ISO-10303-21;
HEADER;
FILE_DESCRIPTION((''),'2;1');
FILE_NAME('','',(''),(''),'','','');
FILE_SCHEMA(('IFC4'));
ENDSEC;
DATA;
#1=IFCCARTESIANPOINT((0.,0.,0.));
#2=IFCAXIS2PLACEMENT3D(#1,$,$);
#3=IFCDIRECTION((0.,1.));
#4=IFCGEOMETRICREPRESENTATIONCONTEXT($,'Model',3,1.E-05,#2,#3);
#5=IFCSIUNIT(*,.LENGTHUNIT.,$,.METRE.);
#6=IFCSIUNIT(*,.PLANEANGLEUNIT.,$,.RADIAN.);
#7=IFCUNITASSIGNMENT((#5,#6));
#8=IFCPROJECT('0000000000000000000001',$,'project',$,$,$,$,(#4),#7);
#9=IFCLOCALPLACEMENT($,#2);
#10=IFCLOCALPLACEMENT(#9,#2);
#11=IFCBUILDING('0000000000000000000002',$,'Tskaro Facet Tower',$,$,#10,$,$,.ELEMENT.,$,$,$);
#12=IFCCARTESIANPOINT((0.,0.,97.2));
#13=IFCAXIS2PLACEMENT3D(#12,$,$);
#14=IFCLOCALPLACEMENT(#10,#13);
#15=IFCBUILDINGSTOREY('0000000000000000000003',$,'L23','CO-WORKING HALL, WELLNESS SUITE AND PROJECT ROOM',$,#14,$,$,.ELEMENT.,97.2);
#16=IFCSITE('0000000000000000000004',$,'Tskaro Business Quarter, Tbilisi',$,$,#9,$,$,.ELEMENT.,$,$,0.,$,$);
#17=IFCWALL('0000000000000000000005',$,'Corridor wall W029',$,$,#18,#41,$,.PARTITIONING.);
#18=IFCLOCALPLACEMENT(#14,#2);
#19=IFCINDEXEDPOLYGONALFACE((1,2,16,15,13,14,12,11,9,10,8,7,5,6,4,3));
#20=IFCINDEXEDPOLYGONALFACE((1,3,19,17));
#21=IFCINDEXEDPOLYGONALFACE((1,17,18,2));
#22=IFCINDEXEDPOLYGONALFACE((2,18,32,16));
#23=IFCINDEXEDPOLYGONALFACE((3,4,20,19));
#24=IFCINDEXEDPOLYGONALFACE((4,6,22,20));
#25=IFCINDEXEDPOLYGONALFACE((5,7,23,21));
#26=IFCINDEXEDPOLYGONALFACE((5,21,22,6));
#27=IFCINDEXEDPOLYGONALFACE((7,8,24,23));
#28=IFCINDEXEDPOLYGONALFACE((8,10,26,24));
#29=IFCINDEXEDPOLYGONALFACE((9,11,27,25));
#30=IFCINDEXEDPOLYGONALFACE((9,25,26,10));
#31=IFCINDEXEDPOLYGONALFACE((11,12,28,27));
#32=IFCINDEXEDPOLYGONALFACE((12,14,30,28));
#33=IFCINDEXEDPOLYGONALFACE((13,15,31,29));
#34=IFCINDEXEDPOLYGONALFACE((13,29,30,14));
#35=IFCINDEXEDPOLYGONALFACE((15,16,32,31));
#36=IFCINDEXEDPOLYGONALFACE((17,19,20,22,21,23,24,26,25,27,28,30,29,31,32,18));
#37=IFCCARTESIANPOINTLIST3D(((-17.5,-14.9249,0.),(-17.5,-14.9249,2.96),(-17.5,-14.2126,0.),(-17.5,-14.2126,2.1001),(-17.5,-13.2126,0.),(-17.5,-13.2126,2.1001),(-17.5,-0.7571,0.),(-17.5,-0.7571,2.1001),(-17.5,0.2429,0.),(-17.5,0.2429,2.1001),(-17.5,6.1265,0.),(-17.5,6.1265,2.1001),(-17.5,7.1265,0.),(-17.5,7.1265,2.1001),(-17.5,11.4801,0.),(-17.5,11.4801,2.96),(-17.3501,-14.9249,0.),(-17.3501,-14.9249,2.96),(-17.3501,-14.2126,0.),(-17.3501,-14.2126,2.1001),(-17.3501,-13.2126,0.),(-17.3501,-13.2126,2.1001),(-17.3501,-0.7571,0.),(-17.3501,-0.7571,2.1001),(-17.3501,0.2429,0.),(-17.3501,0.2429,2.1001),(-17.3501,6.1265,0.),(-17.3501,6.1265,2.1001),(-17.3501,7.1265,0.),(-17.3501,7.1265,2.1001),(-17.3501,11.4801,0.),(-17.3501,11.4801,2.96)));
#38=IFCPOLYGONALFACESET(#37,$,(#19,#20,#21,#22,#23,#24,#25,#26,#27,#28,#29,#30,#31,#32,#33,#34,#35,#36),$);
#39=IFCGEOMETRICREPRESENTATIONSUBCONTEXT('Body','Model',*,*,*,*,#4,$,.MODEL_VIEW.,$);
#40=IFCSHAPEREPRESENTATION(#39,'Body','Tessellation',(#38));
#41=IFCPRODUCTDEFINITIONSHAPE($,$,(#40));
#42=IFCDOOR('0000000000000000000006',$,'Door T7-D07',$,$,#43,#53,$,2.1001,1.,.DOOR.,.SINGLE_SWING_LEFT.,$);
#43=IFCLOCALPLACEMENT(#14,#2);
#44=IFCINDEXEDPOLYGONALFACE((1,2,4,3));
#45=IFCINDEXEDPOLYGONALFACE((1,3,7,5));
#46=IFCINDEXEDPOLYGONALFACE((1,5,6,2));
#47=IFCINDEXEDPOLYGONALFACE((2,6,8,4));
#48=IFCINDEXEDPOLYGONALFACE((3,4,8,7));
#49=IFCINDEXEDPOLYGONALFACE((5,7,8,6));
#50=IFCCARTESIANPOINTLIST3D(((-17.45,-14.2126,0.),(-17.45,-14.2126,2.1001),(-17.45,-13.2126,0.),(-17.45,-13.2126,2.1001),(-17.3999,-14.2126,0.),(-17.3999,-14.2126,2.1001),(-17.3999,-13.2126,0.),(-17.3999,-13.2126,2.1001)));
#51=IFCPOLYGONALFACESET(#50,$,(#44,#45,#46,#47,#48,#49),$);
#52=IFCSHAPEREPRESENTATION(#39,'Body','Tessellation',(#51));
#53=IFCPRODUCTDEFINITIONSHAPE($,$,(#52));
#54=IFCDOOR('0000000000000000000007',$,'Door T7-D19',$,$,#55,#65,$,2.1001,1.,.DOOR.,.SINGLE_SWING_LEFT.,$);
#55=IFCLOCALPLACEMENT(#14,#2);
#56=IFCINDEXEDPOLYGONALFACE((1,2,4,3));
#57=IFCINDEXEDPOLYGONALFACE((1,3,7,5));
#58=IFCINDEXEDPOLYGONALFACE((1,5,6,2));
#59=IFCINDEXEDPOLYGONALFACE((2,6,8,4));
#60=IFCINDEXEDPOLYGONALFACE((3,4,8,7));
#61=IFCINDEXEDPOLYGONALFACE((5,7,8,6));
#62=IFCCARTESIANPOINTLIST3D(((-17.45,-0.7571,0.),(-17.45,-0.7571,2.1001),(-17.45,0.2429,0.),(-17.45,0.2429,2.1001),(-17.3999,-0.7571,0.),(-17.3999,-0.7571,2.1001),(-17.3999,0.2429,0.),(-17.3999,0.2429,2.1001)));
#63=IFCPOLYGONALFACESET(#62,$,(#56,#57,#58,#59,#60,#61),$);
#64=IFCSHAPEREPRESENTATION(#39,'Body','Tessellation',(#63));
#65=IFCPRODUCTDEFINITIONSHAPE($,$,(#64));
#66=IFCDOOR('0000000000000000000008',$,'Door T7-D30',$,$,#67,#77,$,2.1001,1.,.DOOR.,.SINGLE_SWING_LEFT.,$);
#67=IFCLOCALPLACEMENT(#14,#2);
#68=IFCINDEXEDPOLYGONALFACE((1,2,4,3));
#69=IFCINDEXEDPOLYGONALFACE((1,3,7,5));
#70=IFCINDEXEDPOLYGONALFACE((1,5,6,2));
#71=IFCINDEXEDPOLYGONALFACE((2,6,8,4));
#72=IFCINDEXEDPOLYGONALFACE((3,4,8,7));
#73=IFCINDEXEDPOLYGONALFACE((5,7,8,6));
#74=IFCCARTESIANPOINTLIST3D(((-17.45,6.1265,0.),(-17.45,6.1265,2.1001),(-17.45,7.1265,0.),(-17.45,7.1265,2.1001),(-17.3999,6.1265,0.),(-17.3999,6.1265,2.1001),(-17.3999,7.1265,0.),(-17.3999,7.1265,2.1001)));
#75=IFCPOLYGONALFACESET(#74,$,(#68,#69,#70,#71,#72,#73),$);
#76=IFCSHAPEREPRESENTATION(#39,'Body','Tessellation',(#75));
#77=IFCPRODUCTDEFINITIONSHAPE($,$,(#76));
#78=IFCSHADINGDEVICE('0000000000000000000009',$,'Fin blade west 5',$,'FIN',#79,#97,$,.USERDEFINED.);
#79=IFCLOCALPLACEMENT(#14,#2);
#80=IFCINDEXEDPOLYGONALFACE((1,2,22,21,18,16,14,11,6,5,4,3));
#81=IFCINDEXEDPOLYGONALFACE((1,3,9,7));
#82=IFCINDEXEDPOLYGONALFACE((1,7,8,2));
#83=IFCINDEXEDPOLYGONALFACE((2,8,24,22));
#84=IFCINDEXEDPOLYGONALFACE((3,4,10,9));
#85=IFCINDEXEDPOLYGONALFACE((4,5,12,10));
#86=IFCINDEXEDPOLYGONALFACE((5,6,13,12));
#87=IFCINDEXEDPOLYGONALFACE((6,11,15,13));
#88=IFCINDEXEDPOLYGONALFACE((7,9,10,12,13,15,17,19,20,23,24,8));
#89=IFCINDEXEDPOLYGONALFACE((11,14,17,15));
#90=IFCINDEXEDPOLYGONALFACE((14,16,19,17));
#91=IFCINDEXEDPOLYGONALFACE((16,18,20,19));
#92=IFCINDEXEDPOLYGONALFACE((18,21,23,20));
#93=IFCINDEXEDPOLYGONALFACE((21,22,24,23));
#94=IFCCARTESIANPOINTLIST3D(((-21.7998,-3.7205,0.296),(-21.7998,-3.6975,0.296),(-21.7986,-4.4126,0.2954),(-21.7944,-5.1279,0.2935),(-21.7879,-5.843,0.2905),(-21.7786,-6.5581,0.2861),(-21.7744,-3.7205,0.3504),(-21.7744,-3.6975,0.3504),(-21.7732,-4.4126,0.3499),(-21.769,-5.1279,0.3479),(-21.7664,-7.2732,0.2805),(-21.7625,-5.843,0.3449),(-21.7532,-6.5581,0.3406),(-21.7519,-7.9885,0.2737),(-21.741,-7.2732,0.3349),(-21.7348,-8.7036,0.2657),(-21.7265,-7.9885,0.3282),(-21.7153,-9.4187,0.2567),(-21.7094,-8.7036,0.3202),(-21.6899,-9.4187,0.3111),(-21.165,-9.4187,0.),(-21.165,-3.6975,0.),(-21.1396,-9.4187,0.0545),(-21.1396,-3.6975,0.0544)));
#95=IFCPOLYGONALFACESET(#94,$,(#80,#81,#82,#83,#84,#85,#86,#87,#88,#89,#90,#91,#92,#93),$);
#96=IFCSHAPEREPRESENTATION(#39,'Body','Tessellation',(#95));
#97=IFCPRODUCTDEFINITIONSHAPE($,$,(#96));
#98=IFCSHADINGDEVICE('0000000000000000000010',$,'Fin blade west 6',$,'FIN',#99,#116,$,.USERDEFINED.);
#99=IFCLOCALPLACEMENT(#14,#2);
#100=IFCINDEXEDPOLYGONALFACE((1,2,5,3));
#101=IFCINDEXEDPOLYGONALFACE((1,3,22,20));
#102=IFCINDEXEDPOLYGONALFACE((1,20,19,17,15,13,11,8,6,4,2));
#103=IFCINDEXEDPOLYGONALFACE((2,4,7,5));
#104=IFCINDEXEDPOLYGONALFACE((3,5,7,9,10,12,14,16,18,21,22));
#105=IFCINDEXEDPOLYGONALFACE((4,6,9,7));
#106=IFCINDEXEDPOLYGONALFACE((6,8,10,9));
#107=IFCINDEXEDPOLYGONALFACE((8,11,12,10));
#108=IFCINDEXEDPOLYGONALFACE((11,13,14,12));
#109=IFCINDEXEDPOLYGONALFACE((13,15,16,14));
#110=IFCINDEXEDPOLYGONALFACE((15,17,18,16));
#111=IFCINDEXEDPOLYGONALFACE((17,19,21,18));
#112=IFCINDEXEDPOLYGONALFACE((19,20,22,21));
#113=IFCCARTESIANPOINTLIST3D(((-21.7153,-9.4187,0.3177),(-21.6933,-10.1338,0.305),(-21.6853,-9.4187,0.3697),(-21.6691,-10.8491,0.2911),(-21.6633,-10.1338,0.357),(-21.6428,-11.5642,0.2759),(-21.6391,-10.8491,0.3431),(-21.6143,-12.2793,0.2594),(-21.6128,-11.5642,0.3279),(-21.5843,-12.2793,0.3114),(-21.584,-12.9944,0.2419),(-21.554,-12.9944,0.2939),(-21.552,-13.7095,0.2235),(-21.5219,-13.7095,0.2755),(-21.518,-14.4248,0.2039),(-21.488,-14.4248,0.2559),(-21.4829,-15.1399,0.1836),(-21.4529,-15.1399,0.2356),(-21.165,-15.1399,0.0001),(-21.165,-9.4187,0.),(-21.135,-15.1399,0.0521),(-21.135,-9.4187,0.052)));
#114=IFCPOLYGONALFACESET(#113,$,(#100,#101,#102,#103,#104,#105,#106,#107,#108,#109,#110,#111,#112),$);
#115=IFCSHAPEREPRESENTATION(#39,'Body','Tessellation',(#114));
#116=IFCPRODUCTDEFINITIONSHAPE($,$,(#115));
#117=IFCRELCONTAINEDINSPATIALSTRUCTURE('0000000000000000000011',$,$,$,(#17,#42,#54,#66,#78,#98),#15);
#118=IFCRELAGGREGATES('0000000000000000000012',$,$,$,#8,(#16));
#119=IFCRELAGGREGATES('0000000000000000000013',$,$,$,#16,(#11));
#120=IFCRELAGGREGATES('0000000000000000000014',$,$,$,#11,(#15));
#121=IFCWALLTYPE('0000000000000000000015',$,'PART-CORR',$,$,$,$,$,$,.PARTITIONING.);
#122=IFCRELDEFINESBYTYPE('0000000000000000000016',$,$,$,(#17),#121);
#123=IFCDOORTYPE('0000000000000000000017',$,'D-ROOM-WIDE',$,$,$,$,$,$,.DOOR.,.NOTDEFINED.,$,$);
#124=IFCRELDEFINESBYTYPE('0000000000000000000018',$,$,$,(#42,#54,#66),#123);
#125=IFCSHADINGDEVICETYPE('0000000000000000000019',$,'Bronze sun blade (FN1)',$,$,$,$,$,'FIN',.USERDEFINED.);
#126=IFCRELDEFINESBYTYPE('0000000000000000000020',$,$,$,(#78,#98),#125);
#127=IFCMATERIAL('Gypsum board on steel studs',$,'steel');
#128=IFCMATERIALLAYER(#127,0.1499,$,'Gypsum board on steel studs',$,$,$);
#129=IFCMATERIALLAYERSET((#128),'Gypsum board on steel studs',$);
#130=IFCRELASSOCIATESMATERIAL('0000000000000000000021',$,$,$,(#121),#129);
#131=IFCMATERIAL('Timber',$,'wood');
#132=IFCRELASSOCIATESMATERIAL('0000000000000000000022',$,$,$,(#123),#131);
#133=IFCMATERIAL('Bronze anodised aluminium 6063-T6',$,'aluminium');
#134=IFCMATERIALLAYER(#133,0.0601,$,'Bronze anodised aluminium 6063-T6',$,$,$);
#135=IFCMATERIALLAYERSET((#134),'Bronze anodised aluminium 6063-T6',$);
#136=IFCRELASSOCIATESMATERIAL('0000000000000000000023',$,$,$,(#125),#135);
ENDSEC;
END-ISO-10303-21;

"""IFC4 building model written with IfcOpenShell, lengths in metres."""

from ifc_helpers import new_model, si_unit, direction, frame, frame_2d, origin, place, context, subcontext, project, spatial, polyline, rectangle, outline, extrude, material, layer, layer_set, type_object, element, fill, save


model = new_model("IFC4")

# Units and contexts
model_context = context("Model", 3, precision=1e-05, world=origin(), true_north=direction((0.0, 1.0)))
body_context = subcontext(model_context, "Body", "Model", "MODEL_VIEW")
ifc_project = project(units=[si_unit("LENGTHUNIT", "METRE"), si_unit("PLANEANGLEUNIT", "RADIAN")], contexts=[model_context])

# Site, building, storey
site_placement = place(None, origin())
site = spatial("IfcSite", under=ifc_project, at=site_placement, Name="Tskaro Business Quarter, Tbilisi", CompositionType="ELEMENT", RefElevation=0.0)
building_placement = place(site_placement, origin())
building = spatial("IfcBuilding", under=site, at=building_placement, Name="Tskaro Facet Tower", CompositionType="ELEMENT")
storey_placement = place(building_placement, frame((0.0, 0.0, 97.2)))
storey = spatial("IfcBuildingStorey", under=building, at=storey_placement, Name="L23", Description="CO-WORKING HALL, WELLNESS SUITE AND PROJECT ROOM", CompositionType="ELEMENT", Elevation=97.2)

# Shared definitions
ifc_material_1 = material(Name="Bronze anodised aluminium 6063-T6", Category="aluminium")

# Shared definitions
ifc_material_2 = material(Name="Timber", Category="wood")

# Shared definitions
ifc_material_3 = material(Name="Gypsum board on steel studs", Category="steel")

# Wall, openings, doors
ifc_layer_1 = layer(ifc_material_3, 0.1499, Name="Gypsum board on steel studs")
ifc_layer_set_1 = layer_set([ifc_layer_1], Name="Gypsum board on steel studs")
wall_type_1 = type_object("IfcWallType", Name="PART-CORR", PredefinedType="PARTITIONING", material=ifc_layer_set_1)
wall_1_placement = place(storey_placement, frame((-17.425, -14.925, 0.0), z_axis=(0.0, 0.0, 1.0), x_axis=(0.0, 1.0, 0.0)))
wall_1 = element("IfcWall", 1, at=wall_1_placement, inside=storey, type_object=wall_type_1, Name="Corridor wall W029", PredefinedType="PARTITIONING", context=body_context, shape_type="SweptSolid", body=[
    extrude(rectangle(XDim=26.405, YDim=0.1499, at=frame_2d((13.2026, 0.0))), origin(), (0.0, 0.0, 1.0), 2.96),
])
opening_1_placement = place(wall_1_placement, frame((0.7124, 0.0, 0.0)))
opening_1 = element("IfcOpeningElement", 2, at=opening_1_placement, cuts=wall_1, PredefinedType="OPENING", context=body_context, shape_type="SweptSolid", body=[
    extrude(rectangle(XDim=1.0, YDim=2.1001, at=frame_2d((0.5, 1.05))), frame((0.0, 0.085, 0.0), z_axis=(0.0, -1.0, 0.0), x_axis=(1.0, 0.0, 0.0)), (0.0, 0.0, 1.0), 0.1699),
])
opening_2_placement = place(wall_1_placement, frame((14.168, 0.0, 0.0)))
opening_2 = element("IfcOpeningElement", 3, at=opening_2_placement, cuts=wall_1, PredefinedType="OPENING", context=body_context, shape_type="SweptSolid", body=[
    extrude(rectangle(XDim=1.0, YDim=2.1001, at=frame_2d((0.5, 1.05))), frame((0.0, 0.085, 0.0), z_axis=(0.0, -1.0, 0.0), x_axis=(1.0, 0.0, 0.0)), (0.0, 0.0, 1.0), 0.1699),
])
opening_3_placement = place(wall_1_placement, frame((21.0515, 0.0, 0.0)))
opening_3 = element("IfcOpeningElement", 4, at=opening_3_placement, cuts=wall_1, PredefinedType="OPENING", context=body_context, shape_type="SweptSolid", body=[
    extrude(rectangle(XDim=1.0, YDim=2.1001, at=frame_2d((0.5, 1.05))), frame((0.0, 0.085, 0.0), z_axis=(0.0, -1.0, 0.0), x_axis=(1.0, 0.0, 0.0)), (0.0, 0.0, 1.0), 0.1699),
])
door_type_1 = type_object("IfcDoorType", Name="D-ROOM-WIDE", OperationType="NOTDEFINED", PredefinedType="DOOR", material=ifc_material_2)
door_1_placement = place(opening_1_placement, origin())
door_1 = element("IfcDoor", 5, at=door_1_placement, inside=storey, type_object=door_type_1, Name="Door T7-D07", OperationType="SINGLE_SWING_LEFT", OverallHeight=2.1001, OverallWidth=1.0, PredefinedType="DOOR", context=body_context, shape_type="SweptSolid", body=[
    extrude(rectangle(XDim=1.0, YDim=2.1001, at=frame_2d((0.5, 1.05))), frame((0.0, 0.0249, 0.0), z_axis=(0.0, -1.0, 0.0), x_axis=(1.0, 0.0, 0.0)), (0.0, 0.0, 1.0), 0.05),
])
fill(opening_1, door_1)
door_2_placement = place(opening_2_placement, origin())
door_2 = element("IfcDoor", 6, at=door_2_placement, inside=storey, type_object=door_type_1, Name="Door T7-D19", OperationType="SINGLE_SWING_LEFT", OverallHeight=2.1001, OverallWidth=1.0, PredefinedType="DOOR", context=body_context, shape_type="SweptSolid", body=[
    extrude(rectangle(XDim=1.0, YDim=2.1001, at=frame_2d((0.5, 1.05))), frame((0.0, 0.0249, 0.0), z_axis=(0.0, -1.0, 0.0), x_axis=(1.0, 0.0, 0.0)), (0.0, 0.0, 1.0), 0.05),
])
fill(opening_2, door_2)
door_3_placement = place(opening_3_placement, origin())
door_3 = element("IfcDoor", 7, at=door_3_placement, inside=storey, type_object=door_type_1, Name="Door T7-D30", OperationType="SINGLE_SWING_LEFT", OverallHeight=2.1001, OverallWidth=1.0, PredefinedType="DOOR", context=body_context, shape_type="SweptSolid", body=[
    extrude(rectangle(XDim=1.0, YDim=2.1001, at=frame_2d((0.5, 1.05))), frame((0.0, 0.0249, 0.0), z_axis=(0.0, -1.0, 0.0), x_axis=(1.0, 0.0, 0.0)), (0.0, 0.0, 1.0), 0.05),
])
fill(opening_3, door_3)

# Shading devices
ifc_layer_2 = layer(ifc_material_1, 0.0601, Name="Bronze anodised aluminium 6063-T6")
ifc_layer_set_2 = layer_set([ifc_layer_2], Name="Bronze anodised aluminium 6063-T6")
shading_device_type = type_object("IfcShadingDeviceType", Name="Bronze sun blade (FN1)", ElementType="FIN", PredefinedType="USERDEFINED", material=ifc_layer_set_2)
shading_device_1_placement = place(storey_placement, frame((-21.1396, -3.6975, 0.0544), z_axis=(0.422629, 0.000007, 0.906303), x_axis=(0.000003, -1.0, 0.000007)))
element("IfcShadingDevice", 8, at=shading_device_1_placement, inside=storey, type_object=shading_device_type, Name="Fin blade west 5", ObjectType="FIN", PredefinedType="USERDEFINED", context=body_context, shape_type="SweptSolid", body=[
    extrude(outline(polyline([(0.0, 0.0), (5.7212, 0.0), (5.7212, -0.6072), (5.0061, -0.6287), (4.291, -0.6476), (3.5757, -0.6635), (2.8606, -0.677), (2.1455, -0.6872), (1.4304, -0.6944), (0.7151, -0.699), (0.0229, -0.7003), (0.0, -0.7003), (0.0, 0.0)])), origin(), (0.0, 0.0, -1.0), 0.0601),
])
shading_device_2_placement = place(storey_placement, frame((-21.135, -9.4187, 0.052), z_axis=(0.500021, 0.000013, 0.866013), x_axis=(0.000007, -1.0, 0.000012)))
element("IfcShadingDevice", 9, at=shading_device_2_placement, inside=storey, type_object=shading_device_type, Name="Fin blade west 6", ObjectType="FIN", PredefinedType="USERDEFINED", context=body_context, shape_type="SweptSolid", body=[
    extrude(outline(polyline([(0.0, 0.0), (5.7212, 0.0), (5.7212, -0.3671), (5.0061, -0.4077), (4.2908, -0.4468), (3.5757, -0.4838), (2.8606, -0.5188), (2.1455, -0.5517), (1.4304, -0.5821), (0.7151, -0.61), (0.0, -0.6354), (0.0, 0.0)])), origin(), (0.0, 0.0, -1.0), 0.0601),
])

save(model, "model.ifc")
